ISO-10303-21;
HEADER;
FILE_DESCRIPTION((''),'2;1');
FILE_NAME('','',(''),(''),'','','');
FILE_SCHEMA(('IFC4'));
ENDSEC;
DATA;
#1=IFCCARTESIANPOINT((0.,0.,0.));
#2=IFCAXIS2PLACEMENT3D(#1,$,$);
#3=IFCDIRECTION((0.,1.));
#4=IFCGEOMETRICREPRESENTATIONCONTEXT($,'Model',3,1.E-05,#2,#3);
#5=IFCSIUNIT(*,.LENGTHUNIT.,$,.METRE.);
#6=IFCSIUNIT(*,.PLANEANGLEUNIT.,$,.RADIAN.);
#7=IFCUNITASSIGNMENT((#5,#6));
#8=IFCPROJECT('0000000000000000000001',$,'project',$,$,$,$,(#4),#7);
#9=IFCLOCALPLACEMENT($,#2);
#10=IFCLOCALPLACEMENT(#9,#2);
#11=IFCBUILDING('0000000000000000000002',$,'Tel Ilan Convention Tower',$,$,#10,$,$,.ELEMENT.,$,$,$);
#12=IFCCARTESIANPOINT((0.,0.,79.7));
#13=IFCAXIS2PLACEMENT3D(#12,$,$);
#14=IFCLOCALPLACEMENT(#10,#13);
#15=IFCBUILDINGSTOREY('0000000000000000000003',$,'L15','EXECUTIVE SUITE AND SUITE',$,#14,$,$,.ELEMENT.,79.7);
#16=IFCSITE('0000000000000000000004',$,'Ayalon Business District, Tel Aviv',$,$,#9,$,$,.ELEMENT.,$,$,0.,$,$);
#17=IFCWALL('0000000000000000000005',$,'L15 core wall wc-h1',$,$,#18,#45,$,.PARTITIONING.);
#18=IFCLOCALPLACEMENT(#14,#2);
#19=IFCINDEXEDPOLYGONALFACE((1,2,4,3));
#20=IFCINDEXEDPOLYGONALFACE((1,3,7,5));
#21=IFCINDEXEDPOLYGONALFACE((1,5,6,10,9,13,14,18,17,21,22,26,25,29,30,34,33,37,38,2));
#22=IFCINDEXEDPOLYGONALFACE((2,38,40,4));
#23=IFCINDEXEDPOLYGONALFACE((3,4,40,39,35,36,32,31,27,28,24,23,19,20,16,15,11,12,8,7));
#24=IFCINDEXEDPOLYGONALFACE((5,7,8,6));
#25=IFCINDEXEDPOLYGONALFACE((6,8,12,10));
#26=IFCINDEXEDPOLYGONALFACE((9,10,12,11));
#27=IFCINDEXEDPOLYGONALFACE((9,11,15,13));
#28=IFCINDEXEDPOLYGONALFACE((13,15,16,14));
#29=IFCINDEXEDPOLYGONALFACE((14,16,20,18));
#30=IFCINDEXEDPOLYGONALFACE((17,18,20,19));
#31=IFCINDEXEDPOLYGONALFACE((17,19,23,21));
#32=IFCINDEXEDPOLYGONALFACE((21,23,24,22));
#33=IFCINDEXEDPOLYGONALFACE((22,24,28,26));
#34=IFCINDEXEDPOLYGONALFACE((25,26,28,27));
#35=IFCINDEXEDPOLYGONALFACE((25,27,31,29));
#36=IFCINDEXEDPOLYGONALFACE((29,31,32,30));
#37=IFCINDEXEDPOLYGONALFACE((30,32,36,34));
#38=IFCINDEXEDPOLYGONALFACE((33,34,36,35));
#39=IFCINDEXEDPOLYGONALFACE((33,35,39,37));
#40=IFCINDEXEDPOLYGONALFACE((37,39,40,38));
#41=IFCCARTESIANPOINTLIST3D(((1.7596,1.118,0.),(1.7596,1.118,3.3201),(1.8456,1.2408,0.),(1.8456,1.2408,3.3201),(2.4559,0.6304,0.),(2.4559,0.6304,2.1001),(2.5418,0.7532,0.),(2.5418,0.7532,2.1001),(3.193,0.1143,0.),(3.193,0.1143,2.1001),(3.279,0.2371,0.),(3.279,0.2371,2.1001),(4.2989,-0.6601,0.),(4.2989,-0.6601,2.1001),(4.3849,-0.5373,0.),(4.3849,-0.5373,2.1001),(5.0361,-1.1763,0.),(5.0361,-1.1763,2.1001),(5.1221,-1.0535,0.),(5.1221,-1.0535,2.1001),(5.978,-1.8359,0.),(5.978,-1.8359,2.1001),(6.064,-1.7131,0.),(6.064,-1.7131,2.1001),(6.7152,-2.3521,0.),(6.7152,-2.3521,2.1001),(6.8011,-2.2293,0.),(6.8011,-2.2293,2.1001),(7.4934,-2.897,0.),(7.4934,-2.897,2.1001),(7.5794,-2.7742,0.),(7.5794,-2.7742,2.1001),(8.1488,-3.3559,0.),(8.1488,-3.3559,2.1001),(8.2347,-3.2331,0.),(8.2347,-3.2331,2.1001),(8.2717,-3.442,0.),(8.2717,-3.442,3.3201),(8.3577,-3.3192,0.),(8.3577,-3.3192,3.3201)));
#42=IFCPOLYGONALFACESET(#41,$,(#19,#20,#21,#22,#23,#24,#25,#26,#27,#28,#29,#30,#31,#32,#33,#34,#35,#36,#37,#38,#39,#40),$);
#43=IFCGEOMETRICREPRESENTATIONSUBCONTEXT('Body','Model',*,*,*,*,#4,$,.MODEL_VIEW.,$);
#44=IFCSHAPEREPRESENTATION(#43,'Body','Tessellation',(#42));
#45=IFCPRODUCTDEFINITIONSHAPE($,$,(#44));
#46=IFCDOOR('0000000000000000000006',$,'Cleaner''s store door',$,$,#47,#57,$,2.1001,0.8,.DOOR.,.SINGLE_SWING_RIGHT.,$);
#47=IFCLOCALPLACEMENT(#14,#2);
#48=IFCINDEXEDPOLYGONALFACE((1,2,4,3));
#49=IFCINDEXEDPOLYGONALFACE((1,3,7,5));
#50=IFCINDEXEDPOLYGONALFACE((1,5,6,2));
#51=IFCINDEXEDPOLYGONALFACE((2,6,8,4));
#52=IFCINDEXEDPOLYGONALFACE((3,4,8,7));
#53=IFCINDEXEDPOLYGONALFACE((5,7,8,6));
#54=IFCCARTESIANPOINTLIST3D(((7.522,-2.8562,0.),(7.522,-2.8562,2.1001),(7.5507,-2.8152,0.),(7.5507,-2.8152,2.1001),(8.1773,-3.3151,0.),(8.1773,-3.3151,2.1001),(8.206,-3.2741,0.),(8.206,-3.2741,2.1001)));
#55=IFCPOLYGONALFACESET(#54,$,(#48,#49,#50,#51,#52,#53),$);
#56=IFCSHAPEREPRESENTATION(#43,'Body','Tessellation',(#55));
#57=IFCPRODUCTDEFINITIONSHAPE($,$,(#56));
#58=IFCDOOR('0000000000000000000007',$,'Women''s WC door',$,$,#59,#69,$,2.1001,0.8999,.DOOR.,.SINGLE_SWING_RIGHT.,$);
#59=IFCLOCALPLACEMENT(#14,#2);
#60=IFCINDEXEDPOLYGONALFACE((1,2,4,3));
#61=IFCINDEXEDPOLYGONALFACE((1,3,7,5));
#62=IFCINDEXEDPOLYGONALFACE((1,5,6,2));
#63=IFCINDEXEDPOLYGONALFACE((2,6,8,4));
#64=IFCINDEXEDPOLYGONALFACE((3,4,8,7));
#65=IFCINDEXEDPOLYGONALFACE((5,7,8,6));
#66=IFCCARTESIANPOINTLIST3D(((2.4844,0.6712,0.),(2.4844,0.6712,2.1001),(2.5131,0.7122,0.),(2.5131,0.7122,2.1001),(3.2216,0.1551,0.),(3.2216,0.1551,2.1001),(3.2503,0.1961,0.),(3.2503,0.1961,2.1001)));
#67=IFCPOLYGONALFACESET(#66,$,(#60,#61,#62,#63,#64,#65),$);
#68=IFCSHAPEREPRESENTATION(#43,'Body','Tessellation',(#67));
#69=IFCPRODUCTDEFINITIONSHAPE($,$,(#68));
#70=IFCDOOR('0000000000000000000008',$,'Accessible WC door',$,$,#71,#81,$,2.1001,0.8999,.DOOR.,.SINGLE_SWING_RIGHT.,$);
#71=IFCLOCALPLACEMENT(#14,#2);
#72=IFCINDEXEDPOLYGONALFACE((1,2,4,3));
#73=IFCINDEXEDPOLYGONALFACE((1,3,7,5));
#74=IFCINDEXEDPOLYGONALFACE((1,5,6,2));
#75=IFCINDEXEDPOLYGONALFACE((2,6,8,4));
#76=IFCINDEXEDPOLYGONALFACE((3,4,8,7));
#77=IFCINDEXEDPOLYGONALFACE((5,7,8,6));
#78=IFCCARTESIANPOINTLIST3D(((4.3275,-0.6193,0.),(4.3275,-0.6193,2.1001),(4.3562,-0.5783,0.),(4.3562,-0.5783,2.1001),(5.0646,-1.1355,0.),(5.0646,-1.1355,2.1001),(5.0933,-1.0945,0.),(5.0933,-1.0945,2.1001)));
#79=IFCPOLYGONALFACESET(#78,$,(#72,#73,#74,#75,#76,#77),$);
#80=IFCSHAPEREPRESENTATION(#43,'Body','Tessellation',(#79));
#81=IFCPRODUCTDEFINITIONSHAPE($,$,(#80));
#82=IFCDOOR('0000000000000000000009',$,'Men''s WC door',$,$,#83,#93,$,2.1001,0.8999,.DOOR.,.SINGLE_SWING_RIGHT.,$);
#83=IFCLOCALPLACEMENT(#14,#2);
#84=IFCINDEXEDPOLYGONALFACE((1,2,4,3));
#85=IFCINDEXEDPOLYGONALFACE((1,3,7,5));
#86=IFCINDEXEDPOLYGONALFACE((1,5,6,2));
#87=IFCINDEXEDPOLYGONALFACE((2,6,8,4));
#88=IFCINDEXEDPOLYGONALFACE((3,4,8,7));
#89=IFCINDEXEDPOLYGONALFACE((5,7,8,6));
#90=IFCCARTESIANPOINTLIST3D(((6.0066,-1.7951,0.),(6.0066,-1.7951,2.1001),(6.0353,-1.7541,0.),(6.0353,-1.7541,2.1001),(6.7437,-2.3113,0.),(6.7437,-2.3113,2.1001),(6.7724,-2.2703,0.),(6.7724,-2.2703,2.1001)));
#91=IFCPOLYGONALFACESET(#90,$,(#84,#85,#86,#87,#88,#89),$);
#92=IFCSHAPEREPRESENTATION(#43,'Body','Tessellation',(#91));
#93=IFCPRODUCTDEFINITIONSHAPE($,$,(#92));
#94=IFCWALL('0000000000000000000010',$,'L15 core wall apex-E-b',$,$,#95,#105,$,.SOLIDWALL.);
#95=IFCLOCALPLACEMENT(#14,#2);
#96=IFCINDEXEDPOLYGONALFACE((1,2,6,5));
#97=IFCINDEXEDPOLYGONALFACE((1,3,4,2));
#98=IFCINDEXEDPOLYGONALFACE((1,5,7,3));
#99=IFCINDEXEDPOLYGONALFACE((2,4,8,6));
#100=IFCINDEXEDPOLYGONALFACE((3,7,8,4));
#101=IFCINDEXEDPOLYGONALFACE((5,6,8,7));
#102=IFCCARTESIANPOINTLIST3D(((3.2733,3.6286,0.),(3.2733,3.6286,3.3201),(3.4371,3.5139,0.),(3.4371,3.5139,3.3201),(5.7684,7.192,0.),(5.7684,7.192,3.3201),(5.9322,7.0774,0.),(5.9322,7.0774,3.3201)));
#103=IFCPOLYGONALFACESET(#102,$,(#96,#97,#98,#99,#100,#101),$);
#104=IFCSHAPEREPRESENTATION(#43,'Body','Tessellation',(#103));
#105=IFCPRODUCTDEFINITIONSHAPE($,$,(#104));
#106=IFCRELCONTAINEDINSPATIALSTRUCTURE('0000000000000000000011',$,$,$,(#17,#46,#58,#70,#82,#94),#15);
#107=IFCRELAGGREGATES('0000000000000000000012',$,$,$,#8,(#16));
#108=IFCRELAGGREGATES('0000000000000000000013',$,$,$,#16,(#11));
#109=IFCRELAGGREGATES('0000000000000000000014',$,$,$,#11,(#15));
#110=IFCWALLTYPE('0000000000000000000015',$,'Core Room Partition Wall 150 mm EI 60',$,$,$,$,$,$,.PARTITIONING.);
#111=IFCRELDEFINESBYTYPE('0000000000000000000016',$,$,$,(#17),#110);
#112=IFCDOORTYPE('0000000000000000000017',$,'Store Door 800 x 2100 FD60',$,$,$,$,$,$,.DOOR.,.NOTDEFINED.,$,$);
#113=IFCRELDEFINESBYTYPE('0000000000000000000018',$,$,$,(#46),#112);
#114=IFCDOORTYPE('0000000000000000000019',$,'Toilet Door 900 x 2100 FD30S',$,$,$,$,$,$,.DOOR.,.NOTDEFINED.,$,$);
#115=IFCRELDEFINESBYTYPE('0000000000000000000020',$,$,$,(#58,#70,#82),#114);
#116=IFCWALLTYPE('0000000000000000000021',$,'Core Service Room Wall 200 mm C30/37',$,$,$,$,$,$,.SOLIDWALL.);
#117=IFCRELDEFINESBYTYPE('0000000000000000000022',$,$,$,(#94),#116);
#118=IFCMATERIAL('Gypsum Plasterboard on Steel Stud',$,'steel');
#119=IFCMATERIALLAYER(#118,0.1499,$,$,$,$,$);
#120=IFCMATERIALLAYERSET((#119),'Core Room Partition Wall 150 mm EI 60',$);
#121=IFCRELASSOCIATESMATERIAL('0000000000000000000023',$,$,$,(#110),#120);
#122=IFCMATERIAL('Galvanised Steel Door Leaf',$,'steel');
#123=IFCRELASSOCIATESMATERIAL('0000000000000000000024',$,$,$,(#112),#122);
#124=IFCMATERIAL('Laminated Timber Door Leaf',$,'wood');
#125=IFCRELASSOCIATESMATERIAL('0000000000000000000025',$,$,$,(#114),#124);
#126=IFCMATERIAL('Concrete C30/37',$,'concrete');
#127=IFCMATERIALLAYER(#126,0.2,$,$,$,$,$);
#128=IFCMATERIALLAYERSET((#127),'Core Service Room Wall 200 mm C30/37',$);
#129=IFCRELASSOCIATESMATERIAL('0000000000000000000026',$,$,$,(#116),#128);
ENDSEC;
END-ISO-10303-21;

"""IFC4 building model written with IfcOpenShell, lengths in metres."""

from ifc_helpers import new_model, si_unit, direction, frame, frame_2d, origin, place, context, subcontext, project, spatial, rectangle, extrude, material, layer, layer_set, type_object, element, fill, save


model = new_model("IFC4")

# Units and contexts
model_context = context("Model", 3, precision=1e-05, world=origin(), true_north=direction((0.0, 1.0)))
body_context = subcontext(model_context, "Body", "Model", "MODEL_VIEW")
ifc_project = project(units=[si_unit("LENGTHUNIT", "METRE"), si_unit("PLANEANGLEUNIT", "RADIAN")], contexts=[model_context])

# Site, building, storey
site_placement = place(None, origin())
site = spatial("IfcSite", under=ifc_project, at=site_placement, Name="Ayalon Business District, Tel Aviv", CompositionType="ELEMENT", RefElevation=0.0)
building_placement = place(site_placement, origin())
building = spatial("IfcBuilding", under=site, at=building_placement, Name="Tel Ilan Convention Tower", CompositionType="ELEMENT")
storey_placement = place(building_placement, frame((0.0, 0.0, 79.7)))
storey = spatial("IfcBuildingStorey", under=building, at=storey_placement, Name="L15", Description="EXECUTIVE SUITE AND SUITE", CompositionType="ELEMENT", Elevation=79.7)

# Wall, openings, doors
ifc_material_1 = material(Name="Gypsum Plasterboard on Steel Stud", Category="steel")
ifc_layer_1 = layer(ifc_material_1, 0.1499)
ifc_layer_set_1 = layer_set([ifc_layer_1], Name="Core Room Partition Wall 150 mm EI 60")
wall_type_1 = type_object("IfcWallType", Name="Core Room Partition Wall 150 mm EI 60", PredefinedType="PARTITIONING", material=ifc_layer_set_1)
wall_1_placement = place(storey_placement, frame((1.8025, 1.1794, 0.0), z_axis=(0.0, 0.0, 1.0), x_axis=(0.819142, -0.57359, 0.0)))
wall_1 = element("IfcWall", 1, at=wall_1_placement, inside=storey, type_object=wall_type_1, Name="L15 core wall wc-h1", PredefinedType="PARTITIONING", context=body_context, shape_type="SweptSolid", body=[
    extrude(rectangle(XDim=7.95, YDim=0.1499, at=frame_2d((3.9751, 0.0))), origin(), (0.0, 0.0, 1.0), 3.3201),
])
opening_1_placement = place(wall_1_placement, frame((0.8501, 0.0, 0.0)))
opening_1 = element("IfcOpeningElement", 2, at=opening_1_placement, cuts=wall_1, PredefinedType="OPENING", context=body_context, shape_type="SweptSolid", body=[
    extrude(rectangle(XDim=0.8999, YDim=2.1001, at=frame_2d((0.45, 1.05))), frame((0.0, 0.085, 0.0), z_axis=(0.0, -1.0, 0.0), x_axis=(1.0, 0.0, 0.0)), (0.0, 0.0, 1.0), 0.1699),
])
opening_2_placement = place(wall_1_placement, frame((3.1001, 0.0, 0.0)))
opening_2 = element("IfcOpeningElement", 3, at=opening_2_placement, cuts=wall_1, PredefinedType="OPENING", context=body_context, shape_type="SweptSolid", body=[
    extrude(rectangle(XDim=0.8999, YDim=2.1001, at=frame_2d((0.45, 1.05))), frame((0.0, 0.085, 0.0), z_axis=(0.0, -1.0, 0.0), x_axis=(1.0, 0.0, 0.0)), (0.0, 0.0, 1.0), 0.1699),
])
opening_3_placement = place(wall_1_placement, frame((5.1499, 0.0, 0.0)))
opening_3 = element("IfcOpeningElement", 4, at=opening_3_placement, cuts=wall_1, PredefinedType="OPENING", context=body_context, shape_type="SweptSolid", body=[
    extrude(rectangle(XDim=0.8999, YDim=2.1001, at=frame_2d((0.45, 1.05))), frame((0.0, 0.085, 0.0), z_axis=(0.0, -1.0, 0.0), x_axis=(1.0, 0.0, 0.0)), (0.0, 0.0, 1.0), 0.1699),
])
opening_4_placement = place(wall_1_placement, frame((7.0, 0.0, 0.0)))
opening_4 = element("IfcOpeningElement", 5, at=opening_4_placement, cuts=wall_1, PredefinedType="OPENING", context=body_context, shape_type="SweptSolid", body=[
    extrude(rectangle(XDim=0.8, YDim=2.1001, at=frame_2d((0.3999, 1.05))), frame((0.0, 0.085, 0.0), z_axis=(0.0, -1.0, 0.0), x_axis=(1.0, 0.0, 0.0)), (0.0, 0.0, 1.0), 0.1699),
])
ifc_material_2 = material(Name="Galvanised Steel Door Leaf", Category="steel")
door_type_1 = type_object("IfcDoorType", Name="Store Door 800 x 2100 FD60", OperationType="NOTDEFINED", PredefinedType="DOOR", material=ifc_material_2)
door_1_placement = place(opening_4_placement, origin())
door_1 = element("IfcDoor", 6, at=door_1_placement, inside=storey, type_object=door_type_1, Name="Cleaner's store door", OperationType="SINGLE_SWING_RIGHT", OverallHeight=2.1001, OverallWidth=0.8, PredefinedType="DOOR", context=body_context, shape_type="SweptSolid", body=[
    extrude(rectangle(XDim=0.8, YDim=2.1001, at=frame_2d((0.3999, 1.05))), frame((0.0, 0.0249, 0.0), z_axis=(0.0, -1.0, 0.0), x_axis=(1.0, 0.0, 0.0)), (0.0, 0.0, 1.0), 0.05),
])
fill(opening_4, door_1)
ifc_material_3 = material(Name="Laminated Timber Door Leaf", Category="wood")
door_type_2 = type_object("IfcDoorType", Name="Toilet Door 900 x 2100 FD30S", OperationType="NOTDEFINED", PredefinedType="DOOR", material=ifc_material_3)
door_2_placement = place(opening_1_placement, origin())
door_2 = element("IfcDoor", 7, at=door_2_placement, inside=storey, type_object=door_type_2, Name="Women's WC door", OperationType="SINGLE_SWING_RIGHT", OverallHeight=2.1001, OverallWidth=0.8999, PredefinedType="DOOR", context=body_context, shape_type="SweptSolid", body=[
    extrude(rectangle(XDim=0.8999, YDim=2.1001, at=frame_2d((0.45, 1.05))), frame((0.0, 0.0249, 0.0), z_axis=(0.0, -1.0, 0.0), x_axis=(1.0, 0.0, 0.0)), (0.0, 0.0, 1.0), 0.05),
])
fill(opening_1, door_2)
door_3_placement = place(opening_2_placement, origin())
door_3 = element("IfcDoor", 8, at=door_3_placement, inside=storey, type_object=door_type_2, Name="Accessible WC door", OperationType="SINGLE_SWING_RIGHT", OverallHeight=2.1001, OverallWidth=0.8999, PredefinedType="DOOR", context=body_context, shape_type="SweptSolid", body=[
    extrude(rectangle(XDim=0.8999, YDim=2.1001, at=frame_2d((0.45, 1.05))), frame((0.0, 0.0249, 0.0), z_axis=(0.0, -1.0, 0.0), x_axis=(1.0, 0.0, 0.0)), (0.0, 0.0, 1.0), 0.05),
])
fill(opening_2, door_3)
door_4_placement = place(opening_3_placement, origin())
door_4 = element("IfcDoor", 9, at=door_4_placement, inside=storey, type_object=door_type_2, Name="Men's WC door", OperationType="SINGLE_SWING_RIGHT", OverallHeight=2.1001, OverallWidth=0.8999, PredefinedType="DOOR", context=body_context, shape_type="SweptSolid", body=[
    extrude(rectangle(XDim=0.8999, YDim=2.1001, at=frame_2d((0.45, 1.05))), frame((0.0, 0.0249, 0.0), z_axis=(0.0, -1.0, 0.0), x_axis=(1.0, 0.0, 0.0)), (0.0, 0.0, 1.0), 0.05),
])
fill(opening_3, door_4)

# Wall
ifc_material_4 = material(Name="Concrete C30/37", Category="concrete")
ifc_layer_2 = layer(ifc_material_4, 0.2)
ifc_layer_set_2 = layer_set([ifc_layer_2], Name="Core Service Room Wall 200 mm C30/37")
wall_type_2 = type_object("IfcWallType", Name="Core Service Room Wall 200 mm C30/37", PredefinedType="SOLIDWALL", material=ifc_layer_set_2)
wall_2_placement = place(storey_placement, frame((3.3552, 3.5713, 0.0), z_axis=(0.0, 0.0, 1.0), x_axis=(0.573568, 0.819158, 0.0)))
element("IfcWall", 10, at=wall_2_placement, inside=storey, type_object=wall_type_2, Name="L15 core wall apex-E-b", PredefinedType="SOLIDWALL", context=body_context, shape_type="SweptSolid", body=[
    extrude(rectangle(XDim=4.3501, YDim=0.2, at=frame_2d((2.175, 0.0))), origin(), (0.0, 0.0, 1.0), 3.3201),
])

save(model, "model.ifc")
